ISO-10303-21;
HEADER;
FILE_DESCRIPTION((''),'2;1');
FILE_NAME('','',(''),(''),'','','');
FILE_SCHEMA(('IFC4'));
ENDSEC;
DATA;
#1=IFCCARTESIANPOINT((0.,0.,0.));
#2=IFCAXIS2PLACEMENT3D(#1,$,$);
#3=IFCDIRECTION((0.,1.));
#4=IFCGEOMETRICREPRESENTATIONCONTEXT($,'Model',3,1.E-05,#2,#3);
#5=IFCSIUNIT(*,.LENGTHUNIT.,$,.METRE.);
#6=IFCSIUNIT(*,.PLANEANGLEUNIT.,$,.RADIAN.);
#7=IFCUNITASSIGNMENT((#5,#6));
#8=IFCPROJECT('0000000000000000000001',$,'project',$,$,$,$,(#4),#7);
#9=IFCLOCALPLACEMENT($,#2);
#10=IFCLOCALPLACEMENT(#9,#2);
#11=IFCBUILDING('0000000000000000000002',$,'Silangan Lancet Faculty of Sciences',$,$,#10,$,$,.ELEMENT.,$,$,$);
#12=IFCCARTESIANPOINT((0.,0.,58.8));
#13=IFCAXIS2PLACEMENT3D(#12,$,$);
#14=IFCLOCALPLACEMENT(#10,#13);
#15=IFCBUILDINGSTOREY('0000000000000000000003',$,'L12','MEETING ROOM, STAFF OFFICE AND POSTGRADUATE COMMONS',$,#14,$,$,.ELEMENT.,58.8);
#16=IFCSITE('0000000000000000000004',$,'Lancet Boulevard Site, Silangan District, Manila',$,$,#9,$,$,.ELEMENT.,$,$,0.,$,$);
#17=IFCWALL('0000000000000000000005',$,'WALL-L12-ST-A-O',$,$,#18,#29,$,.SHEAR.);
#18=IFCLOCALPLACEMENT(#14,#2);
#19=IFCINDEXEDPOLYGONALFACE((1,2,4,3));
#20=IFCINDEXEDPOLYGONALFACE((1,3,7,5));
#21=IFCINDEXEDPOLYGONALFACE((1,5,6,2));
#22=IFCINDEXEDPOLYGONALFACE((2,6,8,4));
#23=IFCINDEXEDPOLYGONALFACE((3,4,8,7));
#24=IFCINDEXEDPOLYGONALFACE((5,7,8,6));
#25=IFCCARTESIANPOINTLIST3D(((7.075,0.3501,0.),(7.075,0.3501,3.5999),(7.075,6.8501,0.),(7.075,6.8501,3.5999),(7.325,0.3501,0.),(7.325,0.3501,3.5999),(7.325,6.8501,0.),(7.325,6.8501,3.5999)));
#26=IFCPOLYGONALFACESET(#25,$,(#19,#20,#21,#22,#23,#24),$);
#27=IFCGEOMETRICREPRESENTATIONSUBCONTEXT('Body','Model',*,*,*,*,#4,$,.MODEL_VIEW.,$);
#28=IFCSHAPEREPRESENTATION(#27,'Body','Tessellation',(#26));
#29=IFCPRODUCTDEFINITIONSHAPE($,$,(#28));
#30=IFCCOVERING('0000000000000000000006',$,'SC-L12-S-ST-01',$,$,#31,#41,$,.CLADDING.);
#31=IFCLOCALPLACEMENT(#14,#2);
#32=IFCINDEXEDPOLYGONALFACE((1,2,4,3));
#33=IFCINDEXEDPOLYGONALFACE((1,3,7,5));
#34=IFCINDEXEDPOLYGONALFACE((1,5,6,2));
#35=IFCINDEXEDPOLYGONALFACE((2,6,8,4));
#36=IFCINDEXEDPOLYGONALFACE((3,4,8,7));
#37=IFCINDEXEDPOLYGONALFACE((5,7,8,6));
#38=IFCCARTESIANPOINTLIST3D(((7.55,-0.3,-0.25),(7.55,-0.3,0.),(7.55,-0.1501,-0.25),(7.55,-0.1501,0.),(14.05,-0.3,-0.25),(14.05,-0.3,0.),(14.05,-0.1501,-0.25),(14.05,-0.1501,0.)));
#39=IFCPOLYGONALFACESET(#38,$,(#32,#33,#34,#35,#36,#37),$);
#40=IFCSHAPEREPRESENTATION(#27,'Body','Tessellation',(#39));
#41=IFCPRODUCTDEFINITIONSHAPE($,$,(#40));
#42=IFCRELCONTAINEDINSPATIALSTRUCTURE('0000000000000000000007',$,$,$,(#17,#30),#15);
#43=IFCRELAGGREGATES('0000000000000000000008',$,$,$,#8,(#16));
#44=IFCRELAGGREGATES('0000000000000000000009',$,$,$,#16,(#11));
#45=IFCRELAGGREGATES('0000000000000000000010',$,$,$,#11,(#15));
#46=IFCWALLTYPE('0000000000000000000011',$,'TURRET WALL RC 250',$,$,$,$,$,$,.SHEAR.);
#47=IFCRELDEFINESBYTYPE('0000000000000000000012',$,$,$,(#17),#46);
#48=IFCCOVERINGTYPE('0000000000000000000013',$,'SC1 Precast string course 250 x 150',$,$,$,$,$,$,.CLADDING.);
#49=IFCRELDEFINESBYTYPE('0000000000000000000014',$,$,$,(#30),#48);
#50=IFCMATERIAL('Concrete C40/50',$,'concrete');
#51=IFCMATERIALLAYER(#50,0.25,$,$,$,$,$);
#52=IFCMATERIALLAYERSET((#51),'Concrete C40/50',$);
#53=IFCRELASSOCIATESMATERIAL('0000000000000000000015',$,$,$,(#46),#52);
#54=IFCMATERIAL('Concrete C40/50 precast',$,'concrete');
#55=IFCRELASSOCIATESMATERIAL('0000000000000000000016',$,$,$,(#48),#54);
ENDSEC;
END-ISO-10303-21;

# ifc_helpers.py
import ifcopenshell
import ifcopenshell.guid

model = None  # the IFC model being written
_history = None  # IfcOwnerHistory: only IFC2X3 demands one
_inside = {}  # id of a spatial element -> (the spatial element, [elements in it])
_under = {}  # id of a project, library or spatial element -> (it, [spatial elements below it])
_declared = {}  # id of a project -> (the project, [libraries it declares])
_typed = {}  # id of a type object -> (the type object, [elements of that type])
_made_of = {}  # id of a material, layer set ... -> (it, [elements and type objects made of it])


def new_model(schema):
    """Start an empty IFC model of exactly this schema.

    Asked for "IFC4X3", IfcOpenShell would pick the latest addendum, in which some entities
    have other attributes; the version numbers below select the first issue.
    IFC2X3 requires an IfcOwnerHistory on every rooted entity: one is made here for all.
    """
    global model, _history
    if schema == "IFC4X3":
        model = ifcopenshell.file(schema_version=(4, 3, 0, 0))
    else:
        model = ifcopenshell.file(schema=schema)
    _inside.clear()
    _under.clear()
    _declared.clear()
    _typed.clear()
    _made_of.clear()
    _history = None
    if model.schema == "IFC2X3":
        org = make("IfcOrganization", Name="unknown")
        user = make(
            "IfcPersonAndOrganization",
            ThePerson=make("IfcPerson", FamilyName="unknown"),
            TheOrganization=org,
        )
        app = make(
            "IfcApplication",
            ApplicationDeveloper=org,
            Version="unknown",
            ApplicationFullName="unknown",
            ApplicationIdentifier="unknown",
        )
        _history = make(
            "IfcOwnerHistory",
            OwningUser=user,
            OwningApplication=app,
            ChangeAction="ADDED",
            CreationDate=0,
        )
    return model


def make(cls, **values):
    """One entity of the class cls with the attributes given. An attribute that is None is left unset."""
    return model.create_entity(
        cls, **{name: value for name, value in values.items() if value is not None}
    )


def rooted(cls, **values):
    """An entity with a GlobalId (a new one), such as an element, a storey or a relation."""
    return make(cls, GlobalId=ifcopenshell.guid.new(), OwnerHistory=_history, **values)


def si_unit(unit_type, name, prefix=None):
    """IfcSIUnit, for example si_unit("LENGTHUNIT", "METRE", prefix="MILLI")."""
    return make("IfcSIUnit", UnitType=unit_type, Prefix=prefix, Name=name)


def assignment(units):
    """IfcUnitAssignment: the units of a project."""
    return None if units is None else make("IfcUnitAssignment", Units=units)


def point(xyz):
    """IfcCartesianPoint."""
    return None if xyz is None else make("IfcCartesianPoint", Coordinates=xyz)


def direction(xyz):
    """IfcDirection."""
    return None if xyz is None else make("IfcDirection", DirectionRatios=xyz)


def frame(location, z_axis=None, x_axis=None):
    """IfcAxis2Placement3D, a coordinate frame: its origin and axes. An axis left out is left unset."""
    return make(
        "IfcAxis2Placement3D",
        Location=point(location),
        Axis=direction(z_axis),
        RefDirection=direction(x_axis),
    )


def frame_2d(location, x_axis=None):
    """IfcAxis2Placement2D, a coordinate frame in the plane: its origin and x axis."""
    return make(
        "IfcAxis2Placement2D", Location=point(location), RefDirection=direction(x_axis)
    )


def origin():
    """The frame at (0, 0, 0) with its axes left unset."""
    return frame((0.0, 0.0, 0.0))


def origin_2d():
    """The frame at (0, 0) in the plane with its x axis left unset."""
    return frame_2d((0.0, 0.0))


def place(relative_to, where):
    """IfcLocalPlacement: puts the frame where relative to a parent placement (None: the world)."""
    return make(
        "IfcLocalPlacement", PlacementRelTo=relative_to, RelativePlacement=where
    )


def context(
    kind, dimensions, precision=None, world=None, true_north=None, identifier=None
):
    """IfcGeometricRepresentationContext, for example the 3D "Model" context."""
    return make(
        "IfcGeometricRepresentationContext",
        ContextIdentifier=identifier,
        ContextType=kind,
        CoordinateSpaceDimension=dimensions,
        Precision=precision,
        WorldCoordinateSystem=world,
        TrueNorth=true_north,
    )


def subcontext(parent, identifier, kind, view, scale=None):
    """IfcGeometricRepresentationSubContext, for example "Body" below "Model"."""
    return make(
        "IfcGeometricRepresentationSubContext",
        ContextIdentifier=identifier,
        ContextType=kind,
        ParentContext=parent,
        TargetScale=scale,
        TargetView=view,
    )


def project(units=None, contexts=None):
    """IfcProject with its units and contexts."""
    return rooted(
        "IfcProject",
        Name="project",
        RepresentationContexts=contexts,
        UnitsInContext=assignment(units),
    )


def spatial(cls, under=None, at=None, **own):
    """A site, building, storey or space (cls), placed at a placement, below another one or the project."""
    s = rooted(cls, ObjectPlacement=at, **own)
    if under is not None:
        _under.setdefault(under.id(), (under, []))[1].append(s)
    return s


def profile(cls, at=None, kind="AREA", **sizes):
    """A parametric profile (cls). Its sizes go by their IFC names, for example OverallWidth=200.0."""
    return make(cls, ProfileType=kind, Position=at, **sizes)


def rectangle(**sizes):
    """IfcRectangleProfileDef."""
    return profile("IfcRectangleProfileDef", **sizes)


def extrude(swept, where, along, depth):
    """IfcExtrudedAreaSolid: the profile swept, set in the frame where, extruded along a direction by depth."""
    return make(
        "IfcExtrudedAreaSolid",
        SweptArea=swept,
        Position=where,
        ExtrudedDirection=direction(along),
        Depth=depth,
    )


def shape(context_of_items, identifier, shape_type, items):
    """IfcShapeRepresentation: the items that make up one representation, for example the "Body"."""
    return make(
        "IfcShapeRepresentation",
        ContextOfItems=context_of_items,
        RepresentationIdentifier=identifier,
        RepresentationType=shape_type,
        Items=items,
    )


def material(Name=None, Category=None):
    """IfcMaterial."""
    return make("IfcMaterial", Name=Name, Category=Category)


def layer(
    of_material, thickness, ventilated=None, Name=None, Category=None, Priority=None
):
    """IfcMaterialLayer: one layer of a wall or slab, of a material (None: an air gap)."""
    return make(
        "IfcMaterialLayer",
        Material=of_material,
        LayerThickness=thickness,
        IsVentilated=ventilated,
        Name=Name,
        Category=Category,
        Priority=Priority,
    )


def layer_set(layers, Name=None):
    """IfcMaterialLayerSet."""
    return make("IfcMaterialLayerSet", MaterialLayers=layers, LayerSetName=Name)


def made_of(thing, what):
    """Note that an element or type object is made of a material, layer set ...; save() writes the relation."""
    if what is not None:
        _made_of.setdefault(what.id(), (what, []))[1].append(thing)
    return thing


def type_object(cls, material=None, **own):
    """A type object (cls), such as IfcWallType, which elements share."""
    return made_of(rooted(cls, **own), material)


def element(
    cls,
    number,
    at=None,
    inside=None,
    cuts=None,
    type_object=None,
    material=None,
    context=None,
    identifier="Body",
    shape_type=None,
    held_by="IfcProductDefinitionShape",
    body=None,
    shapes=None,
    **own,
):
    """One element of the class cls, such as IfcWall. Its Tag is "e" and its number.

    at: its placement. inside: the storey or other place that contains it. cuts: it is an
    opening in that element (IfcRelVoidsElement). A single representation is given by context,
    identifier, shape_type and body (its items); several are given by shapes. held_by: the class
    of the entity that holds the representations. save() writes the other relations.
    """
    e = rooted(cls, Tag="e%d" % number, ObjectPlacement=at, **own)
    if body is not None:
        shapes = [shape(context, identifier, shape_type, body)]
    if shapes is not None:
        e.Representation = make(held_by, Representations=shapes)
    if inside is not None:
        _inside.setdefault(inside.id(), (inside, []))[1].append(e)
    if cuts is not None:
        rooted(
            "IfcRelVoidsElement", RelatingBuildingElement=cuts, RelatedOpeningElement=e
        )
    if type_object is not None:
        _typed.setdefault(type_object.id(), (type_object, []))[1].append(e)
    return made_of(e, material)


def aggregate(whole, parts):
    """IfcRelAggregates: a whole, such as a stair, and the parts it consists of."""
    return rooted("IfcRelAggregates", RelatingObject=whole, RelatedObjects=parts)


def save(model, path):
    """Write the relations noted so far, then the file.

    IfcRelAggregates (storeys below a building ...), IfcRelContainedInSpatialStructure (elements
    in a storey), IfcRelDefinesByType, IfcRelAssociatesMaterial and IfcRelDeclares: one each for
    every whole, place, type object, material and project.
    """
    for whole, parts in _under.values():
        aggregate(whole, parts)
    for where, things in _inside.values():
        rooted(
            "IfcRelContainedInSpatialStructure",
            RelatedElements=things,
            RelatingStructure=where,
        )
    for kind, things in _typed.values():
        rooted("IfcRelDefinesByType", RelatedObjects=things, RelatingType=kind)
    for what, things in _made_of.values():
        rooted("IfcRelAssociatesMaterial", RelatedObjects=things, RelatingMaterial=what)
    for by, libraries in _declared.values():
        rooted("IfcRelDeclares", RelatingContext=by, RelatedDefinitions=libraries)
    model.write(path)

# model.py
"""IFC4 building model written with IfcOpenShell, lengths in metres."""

from ifc_helpers import new_model, si_unit, direction, frame, frame_2d, origin, origin_2d, place, context, subcontext, project, spatial, rectangle, extrude, material, layer, layer_set, type_object, element, save


model = new_model("IFC4")

# Units and contexts
model_context = context("Model", 3, precision=1e-05, world=origin(), true_north=direction((0.0, 1.0)))
body_context = subcontext(model_context, "Body", "Model", "MODEL_VIEW")
ifc_project = project(units=[si_unit("LENGTHUNIT", "METRE"), si_unit("PLANEANGLEUNIT", "RADIAN")], contexts=[model_context])

# Site, building, storey
site_placement = place(None, origin())
site = spatial("IfcSite", under=ifc_project, at=site_placement, Name="Lancet Boulevard Site, Silangan District, Manila", CompositionType="ELEMENT", RefElevation=0.0)
building_placement = place(site_placement, origin())
building = spatial("IfcBuilding", under=site, at=building_placement, Name="Silangan Lancet Faculty of Sciences", CompositionType="ELEMENT")
storey_placement = place(building_placement, frame((0.0, 0.0, 58.8)))
storey = spatial("IfcBuildingStorey", under=building, at=storey_placement, Name="L12", Description="MEETING ROOM, STAFF OFFICE AND POSTGRADUATE COMMONS", CompositionType="ELEMENT", Elevation=58.8)

# Wall
ifc_material_1 = material(Name="Concrete C40/50", Category="concrete")
ifc_layer_1 = layer(ifc_material_1, 0.25)
ifc_layer_set_1 = layer_set([ifc_layer_1], Name="Concrete C40/50")
wall_type_1 = type_object("IfcWallType", Name="TURRET WALL RC 250", PredefinedType="SHEAR", material=ifc_layer_set_1)
wall_1_placement = place(storey_placement, frame((7.2, 0.3501, 0.0), z_axis=(0.0, 0.0, 1.0), x_axis=(0.0, 1.0, 0.0)))
element("IfcWall", 1, at=wall_1_placement, inside=storey, type_object=wall_type_1, Name="WALL-L12-ST-A-O", PredefinedType="SHEAR", context=body_context, shape_type="SweptSolid", body=[
    extrude(rectangle(XDim=6.5, YDim=0.25, at=frame_2d((3.25, 0.0))), origin(), (0.0, 0.0, 1.0), 3.5999),
])

# Covering
ifc_material_2 = material(Name="Concrete C40/50 precast", Category="concrete")
covering_type = type_object("IfcCoveringType", Name="SC1 Precast string course 250 x 150", PredefinedType="CLADDING", material=ifc_material_2)
covering_placement = place(storey_placement, frame((10.8, -0.2251, -0.25), z_axis=(0.0, 0.0, 1.0), x_axis=(1.0, 0.0, 0.0)))
element("IfcCovering", 2, at=covering_placement, inside=storey, type_object=covering_type, Name="SC-L12-S-ST-01", PredefinedType="CLADDING", context=body_context, shape_type="SweptSolid", body=[
    extrude(rectangle(XDim=6.5, YDim=0.1499, at=origin_2d()), origin(), (0.0, 0.0, 1.0), 0.25),
])

save(model, "model.ifc")
